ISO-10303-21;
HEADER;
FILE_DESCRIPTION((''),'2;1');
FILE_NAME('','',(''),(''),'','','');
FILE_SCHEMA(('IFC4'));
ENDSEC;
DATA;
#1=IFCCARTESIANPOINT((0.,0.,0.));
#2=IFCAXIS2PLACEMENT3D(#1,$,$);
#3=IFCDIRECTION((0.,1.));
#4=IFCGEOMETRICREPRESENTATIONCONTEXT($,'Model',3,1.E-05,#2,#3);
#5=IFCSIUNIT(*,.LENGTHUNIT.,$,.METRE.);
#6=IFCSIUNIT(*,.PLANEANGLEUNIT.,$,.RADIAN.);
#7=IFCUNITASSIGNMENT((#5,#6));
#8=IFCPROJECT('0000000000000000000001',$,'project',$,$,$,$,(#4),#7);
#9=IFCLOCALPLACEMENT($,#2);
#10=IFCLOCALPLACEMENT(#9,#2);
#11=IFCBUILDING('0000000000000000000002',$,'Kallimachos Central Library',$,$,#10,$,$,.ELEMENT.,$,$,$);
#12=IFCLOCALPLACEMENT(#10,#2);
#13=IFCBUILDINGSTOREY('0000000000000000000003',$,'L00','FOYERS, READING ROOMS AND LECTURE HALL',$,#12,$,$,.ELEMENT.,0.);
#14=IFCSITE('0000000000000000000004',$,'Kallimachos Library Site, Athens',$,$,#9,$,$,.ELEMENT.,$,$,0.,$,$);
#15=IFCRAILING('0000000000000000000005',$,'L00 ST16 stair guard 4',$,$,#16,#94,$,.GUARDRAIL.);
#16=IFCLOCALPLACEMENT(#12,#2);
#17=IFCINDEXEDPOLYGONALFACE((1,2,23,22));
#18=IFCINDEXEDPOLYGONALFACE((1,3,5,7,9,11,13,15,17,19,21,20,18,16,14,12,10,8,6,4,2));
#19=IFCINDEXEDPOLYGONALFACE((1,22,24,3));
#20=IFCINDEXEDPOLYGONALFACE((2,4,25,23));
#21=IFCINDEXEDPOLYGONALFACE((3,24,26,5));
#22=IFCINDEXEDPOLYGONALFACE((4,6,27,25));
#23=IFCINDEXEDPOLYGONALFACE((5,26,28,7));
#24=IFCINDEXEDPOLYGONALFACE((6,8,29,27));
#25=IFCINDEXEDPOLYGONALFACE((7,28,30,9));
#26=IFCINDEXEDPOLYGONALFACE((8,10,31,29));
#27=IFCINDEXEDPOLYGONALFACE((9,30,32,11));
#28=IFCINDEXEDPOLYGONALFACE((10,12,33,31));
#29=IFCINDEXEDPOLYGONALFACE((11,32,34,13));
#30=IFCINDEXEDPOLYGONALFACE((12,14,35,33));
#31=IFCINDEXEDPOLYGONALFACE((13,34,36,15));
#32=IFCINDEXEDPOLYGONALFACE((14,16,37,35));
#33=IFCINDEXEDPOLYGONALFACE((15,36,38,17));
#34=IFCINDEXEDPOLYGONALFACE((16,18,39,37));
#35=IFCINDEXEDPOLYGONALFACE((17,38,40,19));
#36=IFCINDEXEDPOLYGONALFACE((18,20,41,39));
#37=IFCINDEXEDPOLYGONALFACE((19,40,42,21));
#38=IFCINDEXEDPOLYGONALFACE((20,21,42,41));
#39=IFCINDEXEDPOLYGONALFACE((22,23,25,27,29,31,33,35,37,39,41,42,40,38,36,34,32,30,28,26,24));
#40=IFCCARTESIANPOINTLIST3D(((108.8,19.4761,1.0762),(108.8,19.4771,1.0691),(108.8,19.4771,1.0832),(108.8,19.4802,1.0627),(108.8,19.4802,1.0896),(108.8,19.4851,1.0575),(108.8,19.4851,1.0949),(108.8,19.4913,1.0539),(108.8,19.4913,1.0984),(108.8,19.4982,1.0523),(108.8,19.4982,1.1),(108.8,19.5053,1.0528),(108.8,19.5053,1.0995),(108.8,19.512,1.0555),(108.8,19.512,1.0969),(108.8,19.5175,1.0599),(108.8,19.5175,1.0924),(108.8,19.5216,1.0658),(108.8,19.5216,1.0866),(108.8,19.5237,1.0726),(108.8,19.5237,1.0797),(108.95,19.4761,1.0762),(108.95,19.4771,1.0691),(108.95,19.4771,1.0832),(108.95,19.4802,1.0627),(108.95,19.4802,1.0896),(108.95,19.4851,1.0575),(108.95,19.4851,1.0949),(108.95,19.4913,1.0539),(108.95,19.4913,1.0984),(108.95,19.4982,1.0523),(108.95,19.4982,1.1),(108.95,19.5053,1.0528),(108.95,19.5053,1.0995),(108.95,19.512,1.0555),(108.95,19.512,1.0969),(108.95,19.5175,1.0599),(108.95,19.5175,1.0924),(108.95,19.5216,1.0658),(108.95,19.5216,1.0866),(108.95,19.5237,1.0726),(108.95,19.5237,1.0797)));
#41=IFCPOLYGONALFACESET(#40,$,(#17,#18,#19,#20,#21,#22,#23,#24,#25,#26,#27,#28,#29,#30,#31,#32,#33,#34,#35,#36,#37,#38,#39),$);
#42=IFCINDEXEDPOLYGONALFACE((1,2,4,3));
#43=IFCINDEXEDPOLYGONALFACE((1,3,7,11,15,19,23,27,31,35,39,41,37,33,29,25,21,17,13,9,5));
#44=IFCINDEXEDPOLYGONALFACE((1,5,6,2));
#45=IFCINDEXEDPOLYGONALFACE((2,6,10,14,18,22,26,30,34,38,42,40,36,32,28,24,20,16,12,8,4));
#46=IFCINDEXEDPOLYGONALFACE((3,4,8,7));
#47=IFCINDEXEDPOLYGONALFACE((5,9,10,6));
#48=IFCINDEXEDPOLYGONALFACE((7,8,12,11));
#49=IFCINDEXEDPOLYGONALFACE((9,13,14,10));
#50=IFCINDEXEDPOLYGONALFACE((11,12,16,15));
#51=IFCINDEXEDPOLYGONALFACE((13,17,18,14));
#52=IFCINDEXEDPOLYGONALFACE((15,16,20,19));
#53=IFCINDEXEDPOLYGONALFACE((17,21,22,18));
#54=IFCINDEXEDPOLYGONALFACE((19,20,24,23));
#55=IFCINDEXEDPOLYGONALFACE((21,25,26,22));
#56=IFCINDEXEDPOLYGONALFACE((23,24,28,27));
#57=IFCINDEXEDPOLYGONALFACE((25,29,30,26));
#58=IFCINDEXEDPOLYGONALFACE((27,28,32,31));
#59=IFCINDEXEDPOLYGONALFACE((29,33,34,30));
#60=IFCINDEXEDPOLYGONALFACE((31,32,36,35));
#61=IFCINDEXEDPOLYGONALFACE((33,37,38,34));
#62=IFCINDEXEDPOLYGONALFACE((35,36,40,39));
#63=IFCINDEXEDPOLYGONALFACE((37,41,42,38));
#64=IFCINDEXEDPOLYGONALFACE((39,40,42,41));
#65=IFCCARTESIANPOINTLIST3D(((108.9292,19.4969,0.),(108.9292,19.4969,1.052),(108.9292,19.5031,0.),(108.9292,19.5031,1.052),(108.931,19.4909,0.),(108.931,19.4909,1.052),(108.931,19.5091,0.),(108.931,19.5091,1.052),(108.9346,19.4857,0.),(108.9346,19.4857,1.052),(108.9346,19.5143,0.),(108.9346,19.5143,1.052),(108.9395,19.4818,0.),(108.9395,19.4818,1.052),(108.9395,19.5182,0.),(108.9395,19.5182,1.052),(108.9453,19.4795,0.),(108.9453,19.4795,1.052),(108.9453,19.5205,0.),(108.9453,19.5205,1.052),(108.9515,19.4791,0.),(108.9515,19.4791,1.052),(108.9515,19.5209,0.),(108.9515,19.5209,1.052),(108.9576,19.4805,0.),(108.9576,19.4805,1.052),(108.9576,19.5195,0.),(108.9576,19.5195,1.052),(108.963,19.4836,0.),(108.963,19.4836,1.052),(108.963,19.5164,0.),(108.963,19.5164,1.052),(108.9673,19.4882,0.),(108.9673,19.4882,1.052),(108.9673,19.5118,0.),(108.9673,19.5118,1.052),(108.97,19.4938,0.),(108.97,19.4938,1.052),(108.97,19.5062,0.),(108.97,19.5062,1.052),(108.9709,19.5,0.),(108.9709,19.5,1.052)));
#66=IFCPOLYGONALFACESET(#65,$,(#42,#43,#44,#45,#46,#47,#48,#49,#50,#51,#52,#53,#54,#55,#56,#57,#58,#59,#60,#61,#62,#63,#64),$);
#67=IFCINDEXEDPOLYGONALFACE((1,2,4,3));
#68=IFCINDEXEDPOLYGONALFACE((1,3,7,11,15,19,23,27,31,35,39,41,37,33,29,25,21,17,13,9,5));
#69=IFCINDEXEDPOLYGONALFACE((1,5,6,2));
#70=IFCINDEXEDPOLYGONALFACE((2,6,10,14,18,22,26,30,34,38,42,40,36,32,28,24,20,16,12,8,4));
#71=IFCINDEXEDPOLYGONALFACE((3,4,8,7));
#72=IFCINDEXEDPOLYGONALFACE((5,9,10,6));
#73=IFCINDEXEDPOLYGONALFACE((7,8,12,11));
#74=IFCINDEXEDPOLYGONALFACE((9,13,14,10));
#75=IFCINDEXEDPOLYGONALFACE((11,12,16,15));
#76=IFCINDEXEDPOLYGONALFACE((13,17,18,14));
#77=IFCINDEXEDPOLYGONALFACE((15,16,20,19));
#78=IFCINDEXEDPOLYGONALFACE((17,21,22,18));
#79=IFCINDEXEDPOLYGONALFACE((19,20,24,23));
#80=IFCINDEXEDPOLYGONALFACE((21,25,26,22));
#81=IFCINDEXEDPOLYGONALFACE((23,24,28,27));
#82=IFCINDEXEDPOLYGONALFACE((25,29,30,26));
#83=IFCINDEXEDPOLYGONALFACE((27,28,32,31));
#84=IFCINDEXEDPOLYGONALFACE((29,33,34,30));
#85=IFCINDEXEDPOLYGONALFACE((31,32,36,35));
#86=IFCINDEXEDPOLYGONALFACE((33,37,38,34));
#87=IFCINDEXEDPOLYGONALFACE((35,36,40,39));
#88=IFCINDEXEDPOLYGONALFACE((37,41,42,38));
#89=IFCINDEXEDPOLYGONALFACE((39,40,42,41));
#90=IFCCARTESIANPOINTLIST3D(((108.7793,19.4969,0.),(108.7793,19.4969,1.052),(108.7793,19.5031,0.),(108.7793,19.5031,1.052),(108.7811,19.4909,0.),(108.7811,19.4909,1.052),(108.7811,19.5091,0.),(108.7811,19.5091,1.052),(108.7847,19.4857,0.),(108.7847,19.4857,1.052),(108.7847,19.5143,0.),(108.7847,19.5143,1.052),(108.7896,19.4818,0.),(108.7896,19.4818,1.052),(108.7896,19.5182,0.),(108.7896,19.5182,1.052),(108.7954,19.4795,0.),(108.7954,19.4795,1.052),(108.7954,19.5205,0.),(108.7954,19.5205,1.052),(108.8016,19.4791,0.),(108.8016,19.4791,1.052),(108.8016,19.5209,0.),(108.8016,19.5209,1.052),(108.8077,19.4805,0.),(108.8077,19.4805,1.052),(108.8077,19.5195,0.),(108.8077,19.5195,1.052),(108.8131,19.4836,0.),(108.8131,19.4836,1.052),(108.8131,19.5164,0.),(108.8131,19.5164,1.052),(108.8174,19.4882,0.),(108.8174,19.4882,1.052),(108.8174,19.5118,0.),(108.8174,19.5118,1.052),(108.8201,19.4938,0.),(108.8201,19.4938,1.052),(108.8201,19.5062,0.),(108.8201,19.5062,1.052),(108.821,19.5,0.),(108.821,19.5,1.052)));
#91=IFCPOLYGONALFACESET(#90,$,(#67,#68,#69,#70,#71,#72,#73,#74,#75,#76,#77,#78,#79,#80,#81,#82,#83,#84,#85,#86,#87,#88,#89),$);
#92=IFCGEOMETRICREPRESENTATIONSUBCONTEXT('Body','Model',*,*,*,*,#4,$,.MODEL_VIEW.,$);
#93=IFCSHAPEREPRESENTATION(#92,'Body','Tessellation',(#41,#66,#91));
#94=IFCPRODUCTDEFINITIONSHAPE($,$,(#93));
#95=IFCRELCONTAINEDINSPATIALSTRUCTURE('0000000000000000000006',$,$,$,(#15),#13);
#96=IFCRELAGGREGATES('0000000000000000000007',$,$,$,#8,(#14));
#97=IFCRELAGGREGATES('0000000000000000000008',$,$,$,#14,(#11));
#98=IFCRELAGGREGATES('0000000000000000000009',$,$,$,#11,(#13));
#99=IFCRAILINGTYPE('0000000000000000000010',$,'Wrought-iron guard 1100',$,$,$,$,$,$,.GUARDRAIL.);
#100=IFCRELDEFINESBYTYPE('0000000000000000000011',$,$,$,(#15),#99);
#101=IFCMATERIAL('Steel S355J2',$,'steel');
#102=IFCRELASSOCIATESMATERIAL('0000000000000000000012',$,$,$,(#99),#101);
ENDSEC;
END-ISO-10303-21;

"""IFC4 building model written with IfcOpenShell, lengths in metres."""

from ifc_helpers import new_model, si_unit, direction, frame, origin, origin_2d, place, context, subcontext, project, spatial, circle, extrude, material, type_object, element, save


model = new_model("IFC4")

# Units and contexts
model_context = context("Model", 3, precision=1e-05, world=origin(), true_north=direction((0.0, 1.0)))
body_context = subcontext(model_context, "Body", "Model", "MODEL_VIEW")
ifc_project = project(units=[si_unit("LENGTHUNIT", "METRE"), si_unit("PLANEANGLEUNIT", "RADIAN")], contexts=[model_context])

# Site, building, storey
site_placement = place(None, origin())
site = spatial("IfcSite", under=ifc_project, at=site_placement, Name="Kallimachos Library Site, Athens", CompositionType="ELEMENT", RefElevation=0.0)
building_placement = place(site_placement, origin())
building = spatial("IfcBuilding", under=site, at=building_placement, Name="Kallimachos Central Library", CompositionType="ELEMENT")
storey_placement = place(building_placement, origin())
storey = spatial("IfcBuildingStorey", under=building, at=storey_placement, Name="L00", Description="FOYERS, READING ROOMS AND LECTURE HALL", CompositionType="ELEMENT", Elevation=0.0)

# Railing
ifc_material_1 = material(Name="Steel S355J2", Category="steel")
railing_type_1 = type_object("IfcRailingType", Name="Wrought-iron guard 1100", PredefinedType="GUARDRAIL", material=ifc_material_1)
railing_1_placement = place(storey_placement, frame((108.95, 19.5, 0.0)))
element("IfcRailing", 1, at=railing_1_placement, inside=storey, type_object=railing_type_1, Name="L00 ST16 stair guard 4", PredefinedType="GUARDRAIL", context=body_context, shape_type="SweptSolid", body=[
    extrude(circle(Radius=0.0239, at=origin_2d()), frame((0.0, 0.0, 1.0762), z_axis=(-1.0, 0.0, 0.0), x_axis=(0.0, -1.0, 0.0)), (0.0, 0.0, 1.0), 0.1499),
    extrude(circle(Radius=0.021, at=origin_2d()), origin(), (0.0, 0.0, 1.0), 1.052),
    extrude(circle(Radius=0.021, at=origin_2d()), frame((-0.1499, 0.0, 0.0)), (0.0, 0.0, 1.0), 1.052),
])

save(model, "model.ifc")
